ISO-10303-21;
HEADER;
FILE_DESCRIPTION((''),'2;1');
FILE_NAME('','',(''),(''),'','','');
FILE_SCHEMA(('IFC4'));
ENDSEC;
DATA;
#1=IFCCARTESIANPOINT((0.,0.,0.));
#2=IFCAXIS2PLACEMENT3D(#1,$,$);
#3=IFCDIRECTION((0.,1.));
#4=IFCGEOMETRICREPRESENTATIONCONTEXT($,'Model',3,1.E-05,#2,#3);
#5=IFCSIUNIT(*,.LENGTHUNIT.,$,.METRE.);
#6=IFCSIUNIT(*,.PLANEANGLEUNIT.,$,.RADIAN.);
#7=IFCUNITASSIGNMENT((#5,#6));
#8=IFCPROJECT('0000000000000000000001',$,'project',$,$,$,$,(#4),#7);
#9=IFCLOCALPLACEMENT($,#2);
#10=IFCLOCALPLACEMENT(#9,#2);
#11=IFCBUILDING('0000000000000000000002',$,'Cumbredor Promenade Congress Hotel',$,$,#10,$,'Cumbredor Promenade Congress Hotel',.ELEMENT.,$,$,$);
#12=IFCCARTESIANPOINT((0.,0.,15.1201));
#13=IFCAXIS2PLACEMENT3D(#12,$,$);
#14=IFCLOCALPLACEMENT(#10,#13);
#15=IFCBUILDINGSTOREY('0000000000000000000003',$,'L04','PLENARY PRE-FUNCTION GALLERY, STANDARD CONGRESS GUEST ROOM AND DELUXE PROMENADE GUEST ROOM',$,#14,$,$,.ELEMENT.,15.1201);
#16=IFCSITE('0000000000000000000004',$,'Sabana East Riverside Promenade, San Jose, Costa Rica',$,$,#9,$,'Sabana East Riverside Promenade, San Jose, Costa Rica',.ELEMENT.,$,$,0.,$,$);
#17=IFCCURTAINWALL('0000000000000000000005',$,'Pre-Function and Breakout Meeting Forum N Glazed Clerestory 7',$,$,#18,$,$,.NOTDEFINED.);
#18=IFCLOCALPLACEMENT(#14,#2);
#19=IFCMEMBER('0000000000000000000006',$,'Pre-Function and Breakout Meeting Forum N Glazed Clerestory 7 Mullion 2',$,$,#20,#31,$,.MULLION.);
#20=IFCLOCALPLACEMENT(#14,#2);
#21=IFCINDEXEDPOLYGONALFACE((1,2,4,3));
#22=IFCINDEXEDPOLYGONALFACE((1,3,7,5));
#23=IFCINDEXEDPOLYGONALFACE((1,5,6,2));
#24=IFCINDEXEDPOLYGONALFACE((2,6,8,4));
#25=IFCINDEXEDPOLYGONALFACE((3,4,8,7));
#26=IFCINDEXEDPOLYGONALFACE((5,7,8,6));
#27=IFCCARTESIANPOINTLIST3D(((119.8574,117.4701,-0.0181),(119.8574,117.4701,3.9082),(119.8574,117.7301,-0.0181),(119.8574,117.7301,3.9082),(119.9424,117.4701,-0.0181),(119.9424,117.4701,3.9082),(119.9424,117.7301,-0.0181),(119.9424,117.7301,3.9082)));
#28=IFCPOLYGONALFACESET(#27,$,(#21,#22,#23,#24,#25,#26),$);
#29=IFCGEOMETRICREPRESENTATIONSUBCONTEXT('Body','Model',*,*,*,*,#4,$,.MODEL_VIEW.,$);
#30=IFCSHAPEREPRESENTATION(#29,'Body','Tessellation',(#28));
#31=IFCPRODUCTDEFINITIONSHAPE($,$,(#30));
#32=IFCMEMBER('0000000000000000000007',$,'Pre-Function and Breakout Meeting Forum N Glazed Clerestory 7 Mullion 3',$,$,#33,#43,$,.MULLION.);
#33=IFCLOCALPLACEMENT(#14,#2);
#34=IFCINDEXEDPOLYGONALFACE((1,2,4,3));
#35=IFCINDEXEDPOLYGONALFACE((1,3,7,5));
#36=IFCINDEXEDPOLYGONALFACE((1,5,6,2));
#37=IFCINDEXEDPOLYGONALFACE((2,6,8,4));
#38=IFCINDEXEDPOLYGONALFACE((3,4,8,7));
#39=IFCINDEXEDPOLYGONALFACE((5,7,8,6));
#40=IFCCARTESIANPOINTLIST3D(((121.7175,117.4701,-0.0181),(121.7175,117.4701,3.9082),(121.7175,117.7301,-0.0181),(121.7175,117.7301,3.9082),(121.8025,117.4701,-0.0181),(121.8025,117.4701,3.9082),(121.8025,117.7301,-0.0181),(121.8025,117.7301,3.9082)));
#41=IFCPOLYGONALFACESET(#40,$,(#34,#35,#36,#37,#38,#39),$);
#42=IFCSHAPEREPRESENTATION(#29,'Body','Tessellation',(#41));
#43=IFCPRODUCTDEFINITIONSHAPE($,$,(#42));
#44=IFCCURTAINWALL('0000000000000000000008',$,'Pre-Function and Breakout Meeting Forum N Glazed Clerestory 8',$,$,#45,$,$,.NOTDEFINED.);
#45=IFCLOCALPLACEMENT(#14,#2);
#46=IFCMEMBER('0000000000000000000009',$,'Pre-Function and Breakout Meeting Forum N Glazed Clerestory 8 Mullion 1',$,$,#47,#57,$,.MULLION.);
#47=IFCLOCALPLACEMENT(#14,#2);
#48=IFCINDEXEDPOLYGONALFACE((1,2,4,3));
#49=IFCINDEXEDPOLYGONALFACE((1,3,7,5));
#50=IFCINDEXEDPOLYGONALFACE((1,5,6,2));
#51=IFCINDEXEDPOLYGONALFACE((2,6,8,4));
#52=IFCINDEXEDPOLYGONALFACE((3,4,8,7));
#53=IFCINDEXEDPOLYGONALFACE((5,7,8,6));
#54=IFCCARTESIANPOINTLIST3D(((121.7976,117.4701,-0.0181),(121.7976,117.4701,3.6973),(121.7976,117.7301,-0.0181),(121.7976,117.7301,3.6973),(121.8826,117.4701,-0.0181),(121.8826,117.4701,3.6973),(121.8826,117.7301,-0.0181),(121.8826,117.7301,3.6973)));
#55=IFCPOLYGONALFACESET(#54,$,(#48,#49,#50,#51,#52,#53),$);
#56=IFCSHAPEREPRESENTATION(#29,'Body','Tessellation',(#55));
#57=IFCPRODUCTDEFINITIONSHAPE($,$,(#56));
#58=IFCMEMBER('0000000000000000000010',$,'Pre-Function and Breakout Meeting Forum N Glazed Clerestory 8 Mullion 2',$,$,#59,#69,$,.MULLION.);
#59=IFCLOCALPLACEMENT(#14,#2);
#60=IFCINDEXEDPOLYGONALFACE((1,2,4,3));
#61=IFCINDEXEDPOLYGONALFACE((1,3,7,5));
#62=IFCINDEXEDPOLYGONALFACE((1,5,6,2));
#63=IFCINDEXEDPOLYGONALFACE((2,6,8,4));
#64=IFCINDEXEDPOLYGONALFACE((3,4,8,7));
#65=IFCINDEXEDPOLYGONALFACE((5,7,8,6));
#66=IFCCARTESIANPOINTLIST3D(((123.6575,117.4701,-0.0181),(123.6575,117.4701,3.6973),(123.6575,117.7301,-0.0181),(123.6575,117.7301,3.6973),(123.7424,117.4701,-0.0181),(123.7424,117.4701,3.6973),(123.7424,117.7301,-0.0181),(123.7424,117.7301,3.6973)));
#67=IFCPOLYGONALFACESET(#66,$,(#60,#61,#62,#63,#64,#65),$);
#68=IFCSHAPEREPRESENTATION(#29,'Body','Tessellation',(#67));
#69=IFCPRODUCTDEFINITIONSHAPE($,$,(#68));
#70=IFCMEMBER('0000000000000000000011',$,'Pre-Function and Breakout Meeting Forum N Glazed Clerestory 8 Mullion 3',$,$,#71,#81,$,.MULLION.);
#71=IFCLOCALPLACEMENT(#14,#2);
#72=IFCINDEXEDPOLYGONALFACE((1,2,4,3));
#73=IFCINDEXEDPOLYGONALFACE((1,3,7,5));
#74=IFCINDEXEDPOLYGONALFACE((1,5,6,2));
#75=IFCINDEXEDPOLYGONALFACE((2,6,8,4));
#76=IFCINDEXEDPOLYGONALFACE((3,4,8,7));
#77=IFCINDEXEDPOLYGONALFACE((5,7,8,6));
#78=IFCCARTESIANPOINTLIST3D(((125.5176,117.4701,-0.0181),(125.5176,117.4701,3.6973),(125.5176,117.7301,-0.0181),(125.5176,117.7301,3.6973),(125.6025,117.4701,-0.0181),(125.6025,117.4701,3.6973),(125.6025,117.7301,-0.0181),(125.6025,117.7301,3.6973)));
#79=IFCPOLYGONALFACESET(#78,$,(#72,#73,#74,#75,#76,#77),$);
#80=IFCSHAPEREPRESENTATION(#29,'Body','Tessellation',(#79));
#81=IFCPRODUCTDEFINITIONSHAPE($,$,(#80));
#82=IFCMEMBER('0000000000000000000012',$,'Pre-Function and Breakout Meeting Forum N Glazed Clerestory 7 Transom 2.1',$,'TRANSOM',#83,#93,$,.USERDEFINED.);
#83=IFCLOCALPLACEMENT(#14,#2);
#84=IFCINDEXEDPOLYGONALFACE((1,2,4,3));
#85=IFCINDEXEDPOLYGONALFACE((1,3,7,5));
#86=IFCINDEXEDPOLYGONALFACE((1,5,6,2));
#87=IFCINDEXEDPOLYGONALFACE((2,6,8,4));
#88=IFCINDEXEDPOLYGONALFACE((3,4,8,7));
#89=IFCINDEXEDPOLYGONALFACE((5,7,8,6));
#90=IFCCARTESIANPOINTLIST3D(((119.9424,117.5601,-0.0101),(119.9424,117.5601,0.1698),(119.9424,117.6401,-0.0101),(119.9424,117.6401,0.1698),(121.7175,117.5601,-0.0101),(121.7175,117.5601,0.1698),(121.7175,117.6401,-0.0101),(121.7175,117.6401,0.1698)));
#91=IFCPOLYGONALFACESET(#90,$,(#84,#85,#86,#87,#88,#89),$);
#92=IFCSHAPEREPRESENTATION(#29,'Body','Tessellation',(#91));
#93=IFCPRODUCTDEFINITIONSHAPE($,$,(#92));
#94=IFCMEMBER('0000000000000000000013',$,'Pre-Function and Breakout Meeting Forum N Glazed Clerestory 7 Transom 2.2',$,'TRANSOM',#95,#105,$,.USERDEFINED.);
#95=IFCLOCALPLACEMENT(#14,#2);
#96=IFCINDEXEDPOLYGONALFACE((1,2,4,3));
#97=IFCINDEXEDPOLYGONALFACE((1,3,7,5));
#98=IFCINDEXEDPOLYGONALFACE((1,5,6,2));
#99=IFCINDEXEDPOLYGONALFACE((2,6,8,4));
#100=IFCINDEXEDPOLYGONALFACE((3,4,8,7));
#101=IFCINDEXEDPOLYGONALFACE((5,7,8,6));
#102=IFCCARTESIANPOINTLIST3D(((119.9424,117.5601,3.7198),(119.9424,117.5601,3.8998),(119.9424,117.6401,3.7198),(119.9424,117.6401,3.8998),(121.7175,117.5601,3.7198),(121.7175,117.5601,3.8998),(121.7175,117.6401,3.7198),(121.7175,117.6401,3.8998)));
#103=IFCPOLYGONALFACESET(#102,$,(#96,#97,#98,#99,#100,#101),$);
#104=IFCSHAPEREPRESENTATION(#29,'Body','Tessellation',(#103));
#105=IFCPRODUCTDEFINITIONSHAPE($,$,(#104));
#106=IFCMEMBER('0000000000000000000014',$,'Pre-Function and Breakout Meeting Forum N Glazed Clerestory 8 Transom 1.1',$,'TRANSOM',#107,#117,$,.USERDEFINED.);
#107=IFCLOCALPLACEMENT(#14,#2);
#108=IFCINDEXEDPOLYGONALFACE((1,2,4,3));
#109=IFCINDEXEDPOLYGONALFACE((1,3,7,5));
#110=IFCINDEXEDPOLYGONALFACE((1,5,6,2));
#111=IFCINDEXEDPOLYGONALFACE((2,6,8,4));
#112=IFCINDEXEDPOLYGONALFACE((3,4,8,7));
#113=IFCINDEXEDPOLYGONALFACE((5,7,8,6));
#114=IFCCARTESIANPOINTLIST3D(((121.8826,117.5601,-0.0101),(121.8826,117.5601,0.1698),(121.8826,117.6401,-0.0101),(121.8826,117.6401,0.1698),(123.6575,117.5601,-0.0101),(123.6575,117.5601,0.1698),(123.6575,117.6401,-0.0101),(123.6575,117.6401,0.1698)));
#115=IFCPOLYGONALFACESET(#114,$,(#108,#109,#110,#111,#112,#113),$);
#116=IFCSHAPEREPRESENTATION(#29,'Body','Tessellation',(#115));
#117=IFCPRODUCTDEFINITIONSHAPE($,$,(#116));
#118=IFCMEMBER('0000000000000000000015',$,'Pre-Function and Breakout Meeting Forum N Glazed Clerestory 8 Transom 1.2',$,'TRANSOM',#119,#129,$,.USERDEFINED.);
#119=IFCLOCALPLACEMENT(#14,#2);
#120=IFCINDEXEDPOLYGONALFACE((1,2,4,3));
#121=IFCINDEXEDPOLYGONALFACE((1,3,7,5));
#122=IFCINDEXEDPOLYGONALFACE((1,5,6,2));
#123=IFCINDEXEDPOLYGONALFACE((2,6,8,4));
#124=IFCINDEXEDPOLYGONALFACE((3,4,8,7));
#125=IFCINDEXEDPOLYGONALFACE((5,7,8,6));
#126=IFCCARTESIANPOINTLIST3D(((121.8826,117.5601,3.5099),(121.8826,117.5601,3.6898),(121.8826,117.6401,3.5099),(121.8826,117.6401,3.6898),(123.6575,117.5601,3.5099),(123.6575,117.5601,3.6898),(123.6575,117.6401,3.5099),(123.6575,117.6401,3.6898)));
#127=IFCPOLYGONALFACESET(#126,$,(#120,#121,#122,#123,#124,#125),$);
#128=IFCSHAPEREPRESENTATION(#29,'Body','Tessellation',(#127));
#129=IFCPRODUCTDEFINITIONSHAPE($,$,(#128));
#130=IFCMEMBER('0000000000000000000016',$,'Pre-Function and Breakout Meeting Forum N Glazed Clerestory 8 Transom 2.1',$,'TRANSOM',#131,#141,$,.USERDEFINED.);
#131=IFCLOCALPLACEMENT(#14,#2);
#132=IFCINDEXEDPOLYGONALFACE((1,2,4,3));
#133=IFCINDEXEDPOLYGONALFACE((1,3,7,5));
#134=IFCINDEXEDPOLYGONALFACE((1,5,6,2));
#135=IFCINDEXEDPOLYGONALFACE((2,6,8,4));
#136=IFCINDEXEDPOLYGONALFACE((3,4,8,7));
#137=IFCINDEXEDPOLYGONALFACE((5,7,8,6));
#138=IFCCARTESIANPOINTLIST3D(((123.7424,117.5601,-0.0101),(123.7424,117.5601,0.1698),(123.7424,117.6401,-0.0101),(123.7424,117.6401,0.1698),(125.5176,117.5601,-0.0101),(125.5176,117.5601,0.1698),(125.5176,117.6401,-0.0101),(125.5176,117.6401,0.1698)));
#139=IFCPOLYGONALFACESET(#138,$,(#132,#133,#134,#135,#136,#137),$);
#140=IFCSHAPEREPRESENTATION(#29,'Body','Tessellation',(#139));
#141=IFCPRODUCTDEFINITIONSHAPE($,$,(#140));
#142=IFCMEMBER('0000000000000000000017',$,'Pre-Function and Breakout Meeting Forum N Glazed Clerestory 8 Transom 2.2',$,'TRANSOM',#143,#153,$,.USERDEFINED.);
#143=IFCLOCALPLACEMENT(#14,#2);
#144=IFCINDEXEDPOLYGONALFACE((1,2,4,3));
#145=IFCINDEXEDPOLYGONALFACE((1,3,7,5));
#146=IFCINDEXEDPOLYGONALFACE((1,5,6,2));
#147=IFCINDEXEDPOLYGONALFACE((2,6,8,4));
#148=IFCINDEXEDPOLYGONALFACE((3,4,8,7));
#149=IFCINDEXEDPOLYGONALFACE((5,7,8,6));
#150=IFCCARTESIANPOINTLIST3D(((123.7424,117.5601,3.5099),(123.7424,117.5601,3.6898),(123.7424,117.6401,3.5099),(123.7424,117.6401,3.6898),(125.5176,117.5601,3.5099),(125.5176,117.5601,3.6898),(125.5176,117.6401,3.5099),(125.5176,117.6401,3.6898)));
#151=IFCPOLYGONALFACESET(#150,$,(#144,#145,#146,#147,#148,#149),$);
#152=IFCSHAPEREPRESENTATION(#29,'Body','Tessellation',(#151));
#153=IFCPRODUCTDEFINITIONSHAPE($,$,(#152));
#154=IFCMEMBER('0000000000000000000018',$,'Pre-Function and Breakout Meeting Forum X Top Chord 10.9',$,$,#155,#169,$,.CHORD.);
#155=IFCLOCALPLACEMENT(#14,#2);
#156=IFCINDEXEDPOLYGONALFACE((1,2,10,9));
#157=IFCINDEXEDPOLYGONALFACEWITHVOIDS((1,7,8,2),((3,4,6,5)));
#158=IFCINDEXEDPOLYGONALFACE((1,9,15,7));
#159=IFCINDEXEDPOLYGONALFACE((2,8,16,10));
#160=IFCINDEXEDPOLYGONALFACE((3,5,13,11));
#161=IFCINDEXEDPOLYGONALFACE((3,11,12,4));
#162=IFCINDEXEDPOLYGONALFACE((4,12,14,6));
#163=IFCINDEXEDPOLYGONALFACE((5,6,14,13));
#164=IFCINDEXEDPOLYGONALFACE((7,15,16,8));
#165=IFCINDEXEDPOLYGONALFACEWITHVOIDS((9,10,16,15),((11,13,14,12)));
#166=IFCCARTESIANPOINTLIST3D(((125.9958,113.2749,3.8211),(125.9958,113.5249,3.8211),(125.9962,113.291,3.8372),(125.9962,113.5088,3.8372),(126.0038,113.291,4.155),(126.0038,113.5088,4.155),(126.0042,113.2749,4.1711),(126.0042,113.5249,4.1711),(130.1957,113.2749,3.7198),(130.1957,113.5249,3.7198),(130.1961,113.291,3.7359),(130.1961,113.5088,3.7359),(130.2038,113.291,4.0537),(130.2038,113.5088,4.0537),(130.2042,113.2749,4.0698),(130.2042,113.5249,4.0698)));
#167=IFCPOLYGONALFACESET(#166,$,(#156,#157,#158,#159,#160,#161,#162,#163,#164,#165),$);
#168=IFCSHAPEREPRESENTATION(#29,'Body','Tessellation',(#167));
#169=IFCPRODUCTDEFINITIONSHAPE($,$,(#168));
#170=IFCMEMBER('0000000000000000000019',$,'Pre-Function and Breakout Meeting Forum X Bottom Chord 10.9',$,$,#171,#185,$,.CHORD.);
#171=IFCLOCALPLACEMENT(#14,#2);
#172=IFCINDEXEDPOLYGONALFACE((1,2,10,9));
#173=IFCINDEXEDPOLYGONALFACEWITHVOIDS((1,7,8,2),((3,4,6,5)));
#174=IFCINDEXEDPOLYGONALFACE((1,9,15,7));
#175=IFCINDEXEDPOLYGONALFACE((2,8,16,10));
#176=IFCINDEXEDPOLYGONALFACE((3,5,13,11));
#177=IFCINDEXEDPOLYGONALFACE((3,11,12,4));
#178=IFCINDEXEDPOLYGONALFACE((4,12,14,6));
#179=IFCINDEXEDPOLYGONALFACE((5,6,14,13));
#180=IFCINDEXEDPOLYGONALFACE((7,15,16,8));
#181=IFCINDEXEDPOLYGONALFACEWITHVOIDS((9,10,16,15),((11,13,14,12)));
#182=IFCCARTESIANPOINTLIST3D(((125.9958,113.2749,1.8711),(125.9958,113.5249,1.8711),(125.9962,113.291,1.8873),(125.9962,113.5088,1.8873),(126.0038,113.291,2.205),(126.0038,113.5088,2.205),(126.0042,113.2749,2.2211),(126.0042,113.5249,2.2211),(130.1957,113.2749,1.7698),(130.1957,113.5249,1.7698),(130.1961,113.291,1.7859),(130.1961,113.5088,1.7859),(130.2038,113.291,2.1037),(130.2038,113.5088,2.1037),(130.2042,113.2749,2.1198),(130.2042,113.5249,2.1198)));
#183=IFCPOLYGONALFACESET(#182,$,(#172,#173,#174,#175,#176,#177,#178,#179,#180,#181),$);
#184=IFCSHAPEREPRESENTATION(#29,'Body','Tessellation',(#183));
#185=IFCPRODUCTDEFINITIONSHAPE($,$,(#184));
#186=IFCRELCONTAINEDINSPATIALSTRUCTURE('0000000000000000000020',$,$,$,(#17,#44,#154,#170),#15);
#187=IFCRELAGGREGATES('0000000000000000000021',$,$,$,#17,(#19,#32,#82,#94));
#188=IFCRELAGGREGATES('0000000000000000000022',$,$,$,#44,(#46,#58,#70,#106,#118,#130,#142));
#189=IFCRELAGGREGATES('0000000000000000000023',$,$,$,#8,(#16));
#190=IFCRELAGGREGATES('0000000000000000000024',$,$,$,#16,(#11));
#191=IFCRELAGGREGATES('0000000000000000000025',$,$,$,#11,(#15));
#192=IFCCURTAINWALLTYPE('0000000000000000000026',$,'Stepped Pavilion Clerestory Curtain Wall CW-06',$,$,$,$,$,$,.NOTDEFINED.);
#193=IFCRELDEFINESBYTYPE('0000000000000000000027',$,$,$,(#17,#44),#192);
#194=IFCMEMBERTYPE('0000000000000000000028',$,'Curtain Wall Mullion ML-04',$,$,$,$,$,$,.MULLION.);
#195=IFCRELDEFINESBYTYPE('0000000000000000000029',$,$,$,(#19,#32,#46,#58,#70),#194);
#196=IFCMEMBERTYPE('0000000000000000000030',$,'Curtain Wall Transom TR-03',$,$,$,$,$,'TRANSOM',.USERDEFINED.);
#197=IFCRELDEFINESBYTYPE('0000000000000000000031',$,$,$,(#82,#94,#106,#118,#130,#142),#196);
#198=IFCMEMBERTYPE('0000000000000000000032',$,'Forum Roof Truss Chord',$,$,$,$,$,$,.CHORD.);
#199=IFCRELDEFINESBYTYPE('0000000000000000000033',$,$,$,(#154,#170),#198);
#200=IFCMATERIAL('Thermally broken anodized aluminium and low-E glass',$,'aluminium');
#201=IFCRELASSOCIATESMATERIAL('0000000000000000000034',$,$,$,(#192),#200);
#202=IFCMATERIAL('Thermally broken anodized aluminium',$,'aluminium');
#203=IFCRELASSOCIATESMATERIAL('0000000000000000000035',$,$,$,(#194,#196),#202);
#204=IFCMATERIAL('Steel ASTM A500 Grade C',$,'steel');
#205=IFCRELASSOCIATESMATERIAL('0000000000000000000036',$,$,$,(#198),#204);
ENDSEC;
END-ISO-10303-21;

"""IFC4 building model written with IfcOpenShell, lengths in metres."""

from ifc_helpers import new_model, si_unit, direction, frame, origin, origin_2d, place, context, subcontext, project, spatial, rectangle, hollow_rectangle, extrude, material, material_profile, profile_set, type_object, element, aggregate, save


model = new_model("IFC4")

# Units and contexts
model_context = context("Model", 3, precision=1e-05, world=origin(), true_north=direction((0.0, 1.0)))
body_context = subcontext(model_context, "Body", "Model", "MODEL_VIEW")
ifc_project = project(units=[si_unit("LENGTHUNIT", "METRE"), si_unit("PLANEANGLEUNIT", "RADIAN")], contexts=[model_context])

# Site, building, storey
site_placement = place(None, origin())
site = spatial("IfcSite", under=ifc_project, at=site_placement, Name="Sabana East Riverside Promenade, San Jose, Costa Rica", LongName="Sabana East Riverside Promenade, San Jose, Costa Rica", CompositionType="ELEMENT", RefElevation=0.0)
building_placement = place(site_placement, origin())
building = spatial("IfcBuilding", under=site, at=building_placement, Name="Cumbredor Promenade Congress Hotel", LongName="Cumbredor Promenade Congress Hotel", CompositionType="ELEMENT")
storey_placement = place(building_placement, frame((0.0, 0.0, 15.1201)))
storey = spatial("IfcBuildingStorey", under=building, at=storey_placement, Name="L04", Description="PLENARY PRE-FUNCTION GALLERY, STANDARD CONGRESS GUEST ROOM AND DELUXE PROMENADE GUEST ROOM", CompositionType="ELEMENT", Elevation=15.1201)

# Curtain walls, members
ifc_material_1 = material(Name="Thermally broken anodized aluminium and low-E glass", Category="aluminium")
curtain_wall_type = type_object("IfcCurtainWallType", Name="Stepped Pavilion Clerestory Curtain Wall CW-06", PredefinedType="NOTDEFINED", material=ifc_material_1)
curtain_wall_1_placement = place(storey_placement, origin())
curtain_wall_1 = element("IfcCurtainWall", 1, at=curtain_wall_1_placement, inside=storey, type_object=curtain_wall_type, Name="Pre-Function and Breakout Meeting Forum N Glazed Clerestory 7", PredefinedType="NOTDEFINED")
ifc_material_2 = material(Name="Thermally broken anodized aluminium", Category="aluminium")
ifc_material_profile_1 = material_profile(ifc_material_2, rectangle(XDim=0.085, YDim=0.26, at=origin_2d()), Name="ALU MULLION CLERESTORY 85x260")
ifc_profile_set_1 = profile_set([ifc_material_profile_1], Name="Thermally broken anodized aluminium")
member_type_1 = type_object("IfcMemberType", Name="Curtain Wall Mullion ML-04", PredefinedType="MULLION", material=ifc_profile_set_1)
member_1_placement = place(storey_placement, frame((119.8999, 117.6001, -0.0181), z_axis=(0.0, 0.0, 1.0), x_axis=(1.0, 0.0, 0.0)))
member_1 = element("IfcMember", 2, at=member_1_placement, type_object=member_type_1, Name="Pre-Function and Breakout Meeting Forum N Glazed Clerestory 7 Mullion 2", PredefinedType="MULLION", context=body_context, shape_type="SweptSolid", body=[
    extrude(rectangle(XDim=0.085, YDim=0.26, at=origin_2d()), origin(), (0.0, 0.0, 1.0), 3.9263),
])
member_2_placement = place(storey_placement, frame((121.76, 117.6001, -0.0181), z_axis=(0.0, 0.0, 1.0), x_axis=(1.0, 0.0, 0.0)))
member_2 = element("IfcMember", 3, at=member_2_placement, type_object=member_type_1, Name="Pre-Function and Breakout Meeting Forum N Glazed Clerestory 7 Mullion 3", PredefinedType="MULLION", context=body_context, shape_type="SweptSolid", body=[
    extrude(rectangle(XDim=0.085, YDim=0.26, at=origin_2d()), origin(), (0.0, 0.0, 1.0), 3.9263),
])
curtain_wall_2_placement = place(storey_placement, origin())
curtain_wall_2 = element("IfcCurtainWall", 4, at=curtain_wall_2_placement, inside=storey, type_object=curtain_wall_type, Name="Pre-Function and Breakout Meeting Forum N Glazed Clerestory 8", PredefinedType="NOTDEFINED")
member_3_placement = place(storey_placement, frame((121.8401, 117.6001, -0.0181), z_axis=(0.0, 0.0, 1.0), x_axis=(1.0, 0.0, 0.0)))
member_3 = element("IfcMember", 5, at=member_3_placement, type_object=member_type_1, Name="Pre-Function and Breakout Meeting Forum N Glazed Clerestory 8 Mullion 1", PredefinedType="MULLION", context=body_context, shape_type="SweptSolid", body=[
    extrude(rectangle(XDim=0.085, YDim=0.26, at=origin_2d()), origin(), (0.0, 0.0, 1.0), 3.7153),
])
member_4_placement = place(storey_placement, frame((123.7, 117.6001, -0.0181), z_axis=(0.0, 0.0, 1.0), x_axis=(1.0, 0.0, 0.0)))
member_4 = element("IfcMember", 6, at=member_4_placement, type_object=member_type_1, Name="Pre-Function and Breakout Meeting Forum N Glazed Clerestory 8 Mullion 2", PredefinedType="MULLION", context=body_context, shape_type="SweptSolid", body=[
    extrude(rectangle(XDim=0.085, YDim=0.26, at=origin_2d()), origin(), (0.0, 0.0, 1.0), 3.7153),
])
member_5_placement = place(storey_placement, frame((125.5601, 117.6001, -0.0181), z_axis=(0.0, 0.0, 1.0), x_axis=(1.0, 0.0, 0.0)))
member_5 = element("IfcMember", 7, at=member_5_placement, type_object=member_type_1, Name="Pre-Function and Breakout Meeting Forum N Glazed Clerestory 8 Mullion 3", PredefinedType="MULLION", context=body_context, shape_type="SweptSolid", body=[
    extrude(rectangle(XDim=0.085, YDim=0.26, at=origin_2d()), origin(), (0.0, 0.0, 1.0), 3.7153),
])

# Members
ifc_material_profile_2 = material_profile(ifc_material_2, rectangle(XDim=0.0801, YDim=0.1799, at=origin_2d()), Name="ALU TRANSOM 80x180")
ifc_profile_set_2 = profile_set([ifc_material_profile_2], Name="Thermally broken anodized aluminium")
member_type_2 = type_object("IfcMemberType", Name="Curtain Wall Transom TR-03", ElementType="TRANSOM", PredefinedType="USERDEFINED", material=ifc_profile_set_2)
member_6_placement = place(storey_placement, frame((119.9424, 117.6001, 0.0798), z_axis=(1.0, 0.0, 0.0), x_axis=(0.0, 1.0, 0.0)))
member_6 = element("IfcMember", 8, at=member_6_placement, type_object=member_type_2, Name="Pre-Function and Breakout Meeting Forum N Glazed Clerestory 7 Transom 2.1", ObjectType="TRANSOM", PredefinedType="USERDEFINED", context=body_context, shape_type="SweptSolid", body=[
    extrude(rectangle(XDim=0.0801, YDim=0.1799, at=origin_2d()), origin(), (0.0, 0.0, 1.0), 1.7751),
])
member_7_placement = place(storey_placement, frame((119.9424, 117.6001, 3.8098), z_axis=(1.0, 0.0, 0.0), x_axis=(0.0, 1.0, 0.0)))
member_7 = element("IfcMember", 9, at=member_7_placement, type_object=member_type_2, Name="Pre-Function and Breakout Meeting Forum N Glazed Clerestory 7 Transom 2.2", ObjectType="TRANSOM", PredefinedType="USERDEFINED", context=body_context, shape_type="SweptSolid", body=[
    extrude(rectangle(XDim=0.0801, YDim=0.1799, at=origin_2d()), origin(), (0.0, 0.0, 1.0), 1.7751),
])
member_8_placement = place(storey_placement, frame((121.8826, 117.6001, 0.0798), z_axis=(1.0, 0.0, 0.0), x_axis=(0.0, 1.0, 0.0)))
member_8 = element("IfcMember", 10, at=member_8_placement, type_object=member_type_2, Name="Pre-Function and Breakout Meeting Forum N Glazed Clerestory 8 Transom 1.1", ObjectType="TRANSOM", PredefinedType="USERDEFINED", context=body_context, shape_type="SweptSolid", body=[
    extrude(rectangle(XDim=0.0801, YDim=0.1799, at=origin_2d()), origin(), (0.0, 0.0, 1.0), 1.7749),
])
member_9_placement = place(storey_placement, frame((121.8826, 117.6001, 3.5999), z_axis=(1.0, 0.0, 0.0), x_axis=(0.0, 1.0, 0.0)))
member_9 = element("IfcMember", 11, at=member_9_placement, type_object=member_type_2, Name="Pre-Function and Breakout Meeting Forum N Glazed Clerestory 8 Transom 1.2", ObjectType="TRANSOM", PredefinedType="USERDEFINED", context=body_context, shape_type="SweptSolid", body=[
    extrude(rectangle(XDim=0.0801, YDim=0.1799, at=origin_2d()), origin(), (0.0, 0.0, 1.0), 1.7749),
])
member_10_placement = place(storey_placement, frame((123.7424, 117.6001, 0.0798), z_axis=(1.0, 0.0, 0.0), x_axis=(0.0, 1.0, 0.0)))
member_10 = element("IfcMember", 12, at=member_10_placement, type_object=member_type_2, Name="Pre-Function and Breakout Meeting Forum N Glazed Clerestory 8 Transom 2.1", ObjectType="TRANSOM", PredefinedType="USERDEFINED", context=body_context, shape_type="SweptSolid", body=[
    extrude(rectangle(XDim=0.0801, YDim=0.1799, at=origin_2d()), origin(), (0.0, 0.0, 1.0), 1.7751),
])
member_11_placement = place(storey_placement, frame((123.7424, 117.6001, 3.5999), z_axis=(1.0, 0.0, 0.0), x_axis=(0.0, 1.0, 0.0)))
member_11 = element("IfcMember", 13, at=member_11_placement, type_object=member_type_2, Name="Pre-Function and Breakout Meeting Forum N Glazed Clerestory 8 Transom 2.2", ObjectType="TRANSOM", PredefinedType="USERDEFINED", context=body_context, shape_type="SweptSolid", body=[
    extrude(rectangle(XDim=0.0801, YDim=0.1799, at=origin_2d()), origin(), (0.0, 0.0, 1.0), 1.7751),
])

# Members
ifc_material_3 = material(Name="Steel ASTM A500 Grade C", Category="steel")
ifc_material_profile_3 = material_profile(ifc_material_3, hollow_rectangle(XDim=0.25, YDim=0.3501, WallThickness=0.0161, at=origin_2d()), Name="HSS 350x250x16")
ifc_profile_set_3 = profile_set([ifc_material_profile_3], Name="Steel ASTM A500 Grade C")
member_type_3 = type_object("IfcMemberType", Name="Forum Roof Truss Chord", PredefinedType="CHORD", material=ifc_profile_set_3)
for number, where, z_axis, x_axis, name in (
    (14, (126.0, 113.3999, 3.9961), (0.999709, 0.0, -0.024117), (0.0, 1.0, 0.0), "Pre-Function and Breakout Meeting Forum X Top Chord 10.9"),
    (15, (126.0, 113.3999, 2.0461), (0.999709, 0.0, -0.024117), (0.0, 1.0, 0.0), "Pre-Function and Breakout Meeting Forum X Bottom Chord 10.9"),
):
    element("IfcMember", number, at=place(storey_placement, frame(where, z_axis=z_axis, x_axis=x_axis)), inside=storey, type_object=member_type_3, Name=name, PredefinedType="CHORD", context=body_context, shape_type="SweptSolid", body=[
        extrude(hollow_rectangle(XDim=0.25, YDim=0.3501, WallThickness=0.0161, at=origin_2d()), origin(), (0.0, 0.0, 1.0), 4.2012),
    ])

aggregate(curtain_wall_1, [member_1, member_2, member_6, member_7])
aggregate(curtain_wall_2, [member_3, member_4, member_5, member_8, member_9, member_10, member_11])

save(model, "model.ifc")
